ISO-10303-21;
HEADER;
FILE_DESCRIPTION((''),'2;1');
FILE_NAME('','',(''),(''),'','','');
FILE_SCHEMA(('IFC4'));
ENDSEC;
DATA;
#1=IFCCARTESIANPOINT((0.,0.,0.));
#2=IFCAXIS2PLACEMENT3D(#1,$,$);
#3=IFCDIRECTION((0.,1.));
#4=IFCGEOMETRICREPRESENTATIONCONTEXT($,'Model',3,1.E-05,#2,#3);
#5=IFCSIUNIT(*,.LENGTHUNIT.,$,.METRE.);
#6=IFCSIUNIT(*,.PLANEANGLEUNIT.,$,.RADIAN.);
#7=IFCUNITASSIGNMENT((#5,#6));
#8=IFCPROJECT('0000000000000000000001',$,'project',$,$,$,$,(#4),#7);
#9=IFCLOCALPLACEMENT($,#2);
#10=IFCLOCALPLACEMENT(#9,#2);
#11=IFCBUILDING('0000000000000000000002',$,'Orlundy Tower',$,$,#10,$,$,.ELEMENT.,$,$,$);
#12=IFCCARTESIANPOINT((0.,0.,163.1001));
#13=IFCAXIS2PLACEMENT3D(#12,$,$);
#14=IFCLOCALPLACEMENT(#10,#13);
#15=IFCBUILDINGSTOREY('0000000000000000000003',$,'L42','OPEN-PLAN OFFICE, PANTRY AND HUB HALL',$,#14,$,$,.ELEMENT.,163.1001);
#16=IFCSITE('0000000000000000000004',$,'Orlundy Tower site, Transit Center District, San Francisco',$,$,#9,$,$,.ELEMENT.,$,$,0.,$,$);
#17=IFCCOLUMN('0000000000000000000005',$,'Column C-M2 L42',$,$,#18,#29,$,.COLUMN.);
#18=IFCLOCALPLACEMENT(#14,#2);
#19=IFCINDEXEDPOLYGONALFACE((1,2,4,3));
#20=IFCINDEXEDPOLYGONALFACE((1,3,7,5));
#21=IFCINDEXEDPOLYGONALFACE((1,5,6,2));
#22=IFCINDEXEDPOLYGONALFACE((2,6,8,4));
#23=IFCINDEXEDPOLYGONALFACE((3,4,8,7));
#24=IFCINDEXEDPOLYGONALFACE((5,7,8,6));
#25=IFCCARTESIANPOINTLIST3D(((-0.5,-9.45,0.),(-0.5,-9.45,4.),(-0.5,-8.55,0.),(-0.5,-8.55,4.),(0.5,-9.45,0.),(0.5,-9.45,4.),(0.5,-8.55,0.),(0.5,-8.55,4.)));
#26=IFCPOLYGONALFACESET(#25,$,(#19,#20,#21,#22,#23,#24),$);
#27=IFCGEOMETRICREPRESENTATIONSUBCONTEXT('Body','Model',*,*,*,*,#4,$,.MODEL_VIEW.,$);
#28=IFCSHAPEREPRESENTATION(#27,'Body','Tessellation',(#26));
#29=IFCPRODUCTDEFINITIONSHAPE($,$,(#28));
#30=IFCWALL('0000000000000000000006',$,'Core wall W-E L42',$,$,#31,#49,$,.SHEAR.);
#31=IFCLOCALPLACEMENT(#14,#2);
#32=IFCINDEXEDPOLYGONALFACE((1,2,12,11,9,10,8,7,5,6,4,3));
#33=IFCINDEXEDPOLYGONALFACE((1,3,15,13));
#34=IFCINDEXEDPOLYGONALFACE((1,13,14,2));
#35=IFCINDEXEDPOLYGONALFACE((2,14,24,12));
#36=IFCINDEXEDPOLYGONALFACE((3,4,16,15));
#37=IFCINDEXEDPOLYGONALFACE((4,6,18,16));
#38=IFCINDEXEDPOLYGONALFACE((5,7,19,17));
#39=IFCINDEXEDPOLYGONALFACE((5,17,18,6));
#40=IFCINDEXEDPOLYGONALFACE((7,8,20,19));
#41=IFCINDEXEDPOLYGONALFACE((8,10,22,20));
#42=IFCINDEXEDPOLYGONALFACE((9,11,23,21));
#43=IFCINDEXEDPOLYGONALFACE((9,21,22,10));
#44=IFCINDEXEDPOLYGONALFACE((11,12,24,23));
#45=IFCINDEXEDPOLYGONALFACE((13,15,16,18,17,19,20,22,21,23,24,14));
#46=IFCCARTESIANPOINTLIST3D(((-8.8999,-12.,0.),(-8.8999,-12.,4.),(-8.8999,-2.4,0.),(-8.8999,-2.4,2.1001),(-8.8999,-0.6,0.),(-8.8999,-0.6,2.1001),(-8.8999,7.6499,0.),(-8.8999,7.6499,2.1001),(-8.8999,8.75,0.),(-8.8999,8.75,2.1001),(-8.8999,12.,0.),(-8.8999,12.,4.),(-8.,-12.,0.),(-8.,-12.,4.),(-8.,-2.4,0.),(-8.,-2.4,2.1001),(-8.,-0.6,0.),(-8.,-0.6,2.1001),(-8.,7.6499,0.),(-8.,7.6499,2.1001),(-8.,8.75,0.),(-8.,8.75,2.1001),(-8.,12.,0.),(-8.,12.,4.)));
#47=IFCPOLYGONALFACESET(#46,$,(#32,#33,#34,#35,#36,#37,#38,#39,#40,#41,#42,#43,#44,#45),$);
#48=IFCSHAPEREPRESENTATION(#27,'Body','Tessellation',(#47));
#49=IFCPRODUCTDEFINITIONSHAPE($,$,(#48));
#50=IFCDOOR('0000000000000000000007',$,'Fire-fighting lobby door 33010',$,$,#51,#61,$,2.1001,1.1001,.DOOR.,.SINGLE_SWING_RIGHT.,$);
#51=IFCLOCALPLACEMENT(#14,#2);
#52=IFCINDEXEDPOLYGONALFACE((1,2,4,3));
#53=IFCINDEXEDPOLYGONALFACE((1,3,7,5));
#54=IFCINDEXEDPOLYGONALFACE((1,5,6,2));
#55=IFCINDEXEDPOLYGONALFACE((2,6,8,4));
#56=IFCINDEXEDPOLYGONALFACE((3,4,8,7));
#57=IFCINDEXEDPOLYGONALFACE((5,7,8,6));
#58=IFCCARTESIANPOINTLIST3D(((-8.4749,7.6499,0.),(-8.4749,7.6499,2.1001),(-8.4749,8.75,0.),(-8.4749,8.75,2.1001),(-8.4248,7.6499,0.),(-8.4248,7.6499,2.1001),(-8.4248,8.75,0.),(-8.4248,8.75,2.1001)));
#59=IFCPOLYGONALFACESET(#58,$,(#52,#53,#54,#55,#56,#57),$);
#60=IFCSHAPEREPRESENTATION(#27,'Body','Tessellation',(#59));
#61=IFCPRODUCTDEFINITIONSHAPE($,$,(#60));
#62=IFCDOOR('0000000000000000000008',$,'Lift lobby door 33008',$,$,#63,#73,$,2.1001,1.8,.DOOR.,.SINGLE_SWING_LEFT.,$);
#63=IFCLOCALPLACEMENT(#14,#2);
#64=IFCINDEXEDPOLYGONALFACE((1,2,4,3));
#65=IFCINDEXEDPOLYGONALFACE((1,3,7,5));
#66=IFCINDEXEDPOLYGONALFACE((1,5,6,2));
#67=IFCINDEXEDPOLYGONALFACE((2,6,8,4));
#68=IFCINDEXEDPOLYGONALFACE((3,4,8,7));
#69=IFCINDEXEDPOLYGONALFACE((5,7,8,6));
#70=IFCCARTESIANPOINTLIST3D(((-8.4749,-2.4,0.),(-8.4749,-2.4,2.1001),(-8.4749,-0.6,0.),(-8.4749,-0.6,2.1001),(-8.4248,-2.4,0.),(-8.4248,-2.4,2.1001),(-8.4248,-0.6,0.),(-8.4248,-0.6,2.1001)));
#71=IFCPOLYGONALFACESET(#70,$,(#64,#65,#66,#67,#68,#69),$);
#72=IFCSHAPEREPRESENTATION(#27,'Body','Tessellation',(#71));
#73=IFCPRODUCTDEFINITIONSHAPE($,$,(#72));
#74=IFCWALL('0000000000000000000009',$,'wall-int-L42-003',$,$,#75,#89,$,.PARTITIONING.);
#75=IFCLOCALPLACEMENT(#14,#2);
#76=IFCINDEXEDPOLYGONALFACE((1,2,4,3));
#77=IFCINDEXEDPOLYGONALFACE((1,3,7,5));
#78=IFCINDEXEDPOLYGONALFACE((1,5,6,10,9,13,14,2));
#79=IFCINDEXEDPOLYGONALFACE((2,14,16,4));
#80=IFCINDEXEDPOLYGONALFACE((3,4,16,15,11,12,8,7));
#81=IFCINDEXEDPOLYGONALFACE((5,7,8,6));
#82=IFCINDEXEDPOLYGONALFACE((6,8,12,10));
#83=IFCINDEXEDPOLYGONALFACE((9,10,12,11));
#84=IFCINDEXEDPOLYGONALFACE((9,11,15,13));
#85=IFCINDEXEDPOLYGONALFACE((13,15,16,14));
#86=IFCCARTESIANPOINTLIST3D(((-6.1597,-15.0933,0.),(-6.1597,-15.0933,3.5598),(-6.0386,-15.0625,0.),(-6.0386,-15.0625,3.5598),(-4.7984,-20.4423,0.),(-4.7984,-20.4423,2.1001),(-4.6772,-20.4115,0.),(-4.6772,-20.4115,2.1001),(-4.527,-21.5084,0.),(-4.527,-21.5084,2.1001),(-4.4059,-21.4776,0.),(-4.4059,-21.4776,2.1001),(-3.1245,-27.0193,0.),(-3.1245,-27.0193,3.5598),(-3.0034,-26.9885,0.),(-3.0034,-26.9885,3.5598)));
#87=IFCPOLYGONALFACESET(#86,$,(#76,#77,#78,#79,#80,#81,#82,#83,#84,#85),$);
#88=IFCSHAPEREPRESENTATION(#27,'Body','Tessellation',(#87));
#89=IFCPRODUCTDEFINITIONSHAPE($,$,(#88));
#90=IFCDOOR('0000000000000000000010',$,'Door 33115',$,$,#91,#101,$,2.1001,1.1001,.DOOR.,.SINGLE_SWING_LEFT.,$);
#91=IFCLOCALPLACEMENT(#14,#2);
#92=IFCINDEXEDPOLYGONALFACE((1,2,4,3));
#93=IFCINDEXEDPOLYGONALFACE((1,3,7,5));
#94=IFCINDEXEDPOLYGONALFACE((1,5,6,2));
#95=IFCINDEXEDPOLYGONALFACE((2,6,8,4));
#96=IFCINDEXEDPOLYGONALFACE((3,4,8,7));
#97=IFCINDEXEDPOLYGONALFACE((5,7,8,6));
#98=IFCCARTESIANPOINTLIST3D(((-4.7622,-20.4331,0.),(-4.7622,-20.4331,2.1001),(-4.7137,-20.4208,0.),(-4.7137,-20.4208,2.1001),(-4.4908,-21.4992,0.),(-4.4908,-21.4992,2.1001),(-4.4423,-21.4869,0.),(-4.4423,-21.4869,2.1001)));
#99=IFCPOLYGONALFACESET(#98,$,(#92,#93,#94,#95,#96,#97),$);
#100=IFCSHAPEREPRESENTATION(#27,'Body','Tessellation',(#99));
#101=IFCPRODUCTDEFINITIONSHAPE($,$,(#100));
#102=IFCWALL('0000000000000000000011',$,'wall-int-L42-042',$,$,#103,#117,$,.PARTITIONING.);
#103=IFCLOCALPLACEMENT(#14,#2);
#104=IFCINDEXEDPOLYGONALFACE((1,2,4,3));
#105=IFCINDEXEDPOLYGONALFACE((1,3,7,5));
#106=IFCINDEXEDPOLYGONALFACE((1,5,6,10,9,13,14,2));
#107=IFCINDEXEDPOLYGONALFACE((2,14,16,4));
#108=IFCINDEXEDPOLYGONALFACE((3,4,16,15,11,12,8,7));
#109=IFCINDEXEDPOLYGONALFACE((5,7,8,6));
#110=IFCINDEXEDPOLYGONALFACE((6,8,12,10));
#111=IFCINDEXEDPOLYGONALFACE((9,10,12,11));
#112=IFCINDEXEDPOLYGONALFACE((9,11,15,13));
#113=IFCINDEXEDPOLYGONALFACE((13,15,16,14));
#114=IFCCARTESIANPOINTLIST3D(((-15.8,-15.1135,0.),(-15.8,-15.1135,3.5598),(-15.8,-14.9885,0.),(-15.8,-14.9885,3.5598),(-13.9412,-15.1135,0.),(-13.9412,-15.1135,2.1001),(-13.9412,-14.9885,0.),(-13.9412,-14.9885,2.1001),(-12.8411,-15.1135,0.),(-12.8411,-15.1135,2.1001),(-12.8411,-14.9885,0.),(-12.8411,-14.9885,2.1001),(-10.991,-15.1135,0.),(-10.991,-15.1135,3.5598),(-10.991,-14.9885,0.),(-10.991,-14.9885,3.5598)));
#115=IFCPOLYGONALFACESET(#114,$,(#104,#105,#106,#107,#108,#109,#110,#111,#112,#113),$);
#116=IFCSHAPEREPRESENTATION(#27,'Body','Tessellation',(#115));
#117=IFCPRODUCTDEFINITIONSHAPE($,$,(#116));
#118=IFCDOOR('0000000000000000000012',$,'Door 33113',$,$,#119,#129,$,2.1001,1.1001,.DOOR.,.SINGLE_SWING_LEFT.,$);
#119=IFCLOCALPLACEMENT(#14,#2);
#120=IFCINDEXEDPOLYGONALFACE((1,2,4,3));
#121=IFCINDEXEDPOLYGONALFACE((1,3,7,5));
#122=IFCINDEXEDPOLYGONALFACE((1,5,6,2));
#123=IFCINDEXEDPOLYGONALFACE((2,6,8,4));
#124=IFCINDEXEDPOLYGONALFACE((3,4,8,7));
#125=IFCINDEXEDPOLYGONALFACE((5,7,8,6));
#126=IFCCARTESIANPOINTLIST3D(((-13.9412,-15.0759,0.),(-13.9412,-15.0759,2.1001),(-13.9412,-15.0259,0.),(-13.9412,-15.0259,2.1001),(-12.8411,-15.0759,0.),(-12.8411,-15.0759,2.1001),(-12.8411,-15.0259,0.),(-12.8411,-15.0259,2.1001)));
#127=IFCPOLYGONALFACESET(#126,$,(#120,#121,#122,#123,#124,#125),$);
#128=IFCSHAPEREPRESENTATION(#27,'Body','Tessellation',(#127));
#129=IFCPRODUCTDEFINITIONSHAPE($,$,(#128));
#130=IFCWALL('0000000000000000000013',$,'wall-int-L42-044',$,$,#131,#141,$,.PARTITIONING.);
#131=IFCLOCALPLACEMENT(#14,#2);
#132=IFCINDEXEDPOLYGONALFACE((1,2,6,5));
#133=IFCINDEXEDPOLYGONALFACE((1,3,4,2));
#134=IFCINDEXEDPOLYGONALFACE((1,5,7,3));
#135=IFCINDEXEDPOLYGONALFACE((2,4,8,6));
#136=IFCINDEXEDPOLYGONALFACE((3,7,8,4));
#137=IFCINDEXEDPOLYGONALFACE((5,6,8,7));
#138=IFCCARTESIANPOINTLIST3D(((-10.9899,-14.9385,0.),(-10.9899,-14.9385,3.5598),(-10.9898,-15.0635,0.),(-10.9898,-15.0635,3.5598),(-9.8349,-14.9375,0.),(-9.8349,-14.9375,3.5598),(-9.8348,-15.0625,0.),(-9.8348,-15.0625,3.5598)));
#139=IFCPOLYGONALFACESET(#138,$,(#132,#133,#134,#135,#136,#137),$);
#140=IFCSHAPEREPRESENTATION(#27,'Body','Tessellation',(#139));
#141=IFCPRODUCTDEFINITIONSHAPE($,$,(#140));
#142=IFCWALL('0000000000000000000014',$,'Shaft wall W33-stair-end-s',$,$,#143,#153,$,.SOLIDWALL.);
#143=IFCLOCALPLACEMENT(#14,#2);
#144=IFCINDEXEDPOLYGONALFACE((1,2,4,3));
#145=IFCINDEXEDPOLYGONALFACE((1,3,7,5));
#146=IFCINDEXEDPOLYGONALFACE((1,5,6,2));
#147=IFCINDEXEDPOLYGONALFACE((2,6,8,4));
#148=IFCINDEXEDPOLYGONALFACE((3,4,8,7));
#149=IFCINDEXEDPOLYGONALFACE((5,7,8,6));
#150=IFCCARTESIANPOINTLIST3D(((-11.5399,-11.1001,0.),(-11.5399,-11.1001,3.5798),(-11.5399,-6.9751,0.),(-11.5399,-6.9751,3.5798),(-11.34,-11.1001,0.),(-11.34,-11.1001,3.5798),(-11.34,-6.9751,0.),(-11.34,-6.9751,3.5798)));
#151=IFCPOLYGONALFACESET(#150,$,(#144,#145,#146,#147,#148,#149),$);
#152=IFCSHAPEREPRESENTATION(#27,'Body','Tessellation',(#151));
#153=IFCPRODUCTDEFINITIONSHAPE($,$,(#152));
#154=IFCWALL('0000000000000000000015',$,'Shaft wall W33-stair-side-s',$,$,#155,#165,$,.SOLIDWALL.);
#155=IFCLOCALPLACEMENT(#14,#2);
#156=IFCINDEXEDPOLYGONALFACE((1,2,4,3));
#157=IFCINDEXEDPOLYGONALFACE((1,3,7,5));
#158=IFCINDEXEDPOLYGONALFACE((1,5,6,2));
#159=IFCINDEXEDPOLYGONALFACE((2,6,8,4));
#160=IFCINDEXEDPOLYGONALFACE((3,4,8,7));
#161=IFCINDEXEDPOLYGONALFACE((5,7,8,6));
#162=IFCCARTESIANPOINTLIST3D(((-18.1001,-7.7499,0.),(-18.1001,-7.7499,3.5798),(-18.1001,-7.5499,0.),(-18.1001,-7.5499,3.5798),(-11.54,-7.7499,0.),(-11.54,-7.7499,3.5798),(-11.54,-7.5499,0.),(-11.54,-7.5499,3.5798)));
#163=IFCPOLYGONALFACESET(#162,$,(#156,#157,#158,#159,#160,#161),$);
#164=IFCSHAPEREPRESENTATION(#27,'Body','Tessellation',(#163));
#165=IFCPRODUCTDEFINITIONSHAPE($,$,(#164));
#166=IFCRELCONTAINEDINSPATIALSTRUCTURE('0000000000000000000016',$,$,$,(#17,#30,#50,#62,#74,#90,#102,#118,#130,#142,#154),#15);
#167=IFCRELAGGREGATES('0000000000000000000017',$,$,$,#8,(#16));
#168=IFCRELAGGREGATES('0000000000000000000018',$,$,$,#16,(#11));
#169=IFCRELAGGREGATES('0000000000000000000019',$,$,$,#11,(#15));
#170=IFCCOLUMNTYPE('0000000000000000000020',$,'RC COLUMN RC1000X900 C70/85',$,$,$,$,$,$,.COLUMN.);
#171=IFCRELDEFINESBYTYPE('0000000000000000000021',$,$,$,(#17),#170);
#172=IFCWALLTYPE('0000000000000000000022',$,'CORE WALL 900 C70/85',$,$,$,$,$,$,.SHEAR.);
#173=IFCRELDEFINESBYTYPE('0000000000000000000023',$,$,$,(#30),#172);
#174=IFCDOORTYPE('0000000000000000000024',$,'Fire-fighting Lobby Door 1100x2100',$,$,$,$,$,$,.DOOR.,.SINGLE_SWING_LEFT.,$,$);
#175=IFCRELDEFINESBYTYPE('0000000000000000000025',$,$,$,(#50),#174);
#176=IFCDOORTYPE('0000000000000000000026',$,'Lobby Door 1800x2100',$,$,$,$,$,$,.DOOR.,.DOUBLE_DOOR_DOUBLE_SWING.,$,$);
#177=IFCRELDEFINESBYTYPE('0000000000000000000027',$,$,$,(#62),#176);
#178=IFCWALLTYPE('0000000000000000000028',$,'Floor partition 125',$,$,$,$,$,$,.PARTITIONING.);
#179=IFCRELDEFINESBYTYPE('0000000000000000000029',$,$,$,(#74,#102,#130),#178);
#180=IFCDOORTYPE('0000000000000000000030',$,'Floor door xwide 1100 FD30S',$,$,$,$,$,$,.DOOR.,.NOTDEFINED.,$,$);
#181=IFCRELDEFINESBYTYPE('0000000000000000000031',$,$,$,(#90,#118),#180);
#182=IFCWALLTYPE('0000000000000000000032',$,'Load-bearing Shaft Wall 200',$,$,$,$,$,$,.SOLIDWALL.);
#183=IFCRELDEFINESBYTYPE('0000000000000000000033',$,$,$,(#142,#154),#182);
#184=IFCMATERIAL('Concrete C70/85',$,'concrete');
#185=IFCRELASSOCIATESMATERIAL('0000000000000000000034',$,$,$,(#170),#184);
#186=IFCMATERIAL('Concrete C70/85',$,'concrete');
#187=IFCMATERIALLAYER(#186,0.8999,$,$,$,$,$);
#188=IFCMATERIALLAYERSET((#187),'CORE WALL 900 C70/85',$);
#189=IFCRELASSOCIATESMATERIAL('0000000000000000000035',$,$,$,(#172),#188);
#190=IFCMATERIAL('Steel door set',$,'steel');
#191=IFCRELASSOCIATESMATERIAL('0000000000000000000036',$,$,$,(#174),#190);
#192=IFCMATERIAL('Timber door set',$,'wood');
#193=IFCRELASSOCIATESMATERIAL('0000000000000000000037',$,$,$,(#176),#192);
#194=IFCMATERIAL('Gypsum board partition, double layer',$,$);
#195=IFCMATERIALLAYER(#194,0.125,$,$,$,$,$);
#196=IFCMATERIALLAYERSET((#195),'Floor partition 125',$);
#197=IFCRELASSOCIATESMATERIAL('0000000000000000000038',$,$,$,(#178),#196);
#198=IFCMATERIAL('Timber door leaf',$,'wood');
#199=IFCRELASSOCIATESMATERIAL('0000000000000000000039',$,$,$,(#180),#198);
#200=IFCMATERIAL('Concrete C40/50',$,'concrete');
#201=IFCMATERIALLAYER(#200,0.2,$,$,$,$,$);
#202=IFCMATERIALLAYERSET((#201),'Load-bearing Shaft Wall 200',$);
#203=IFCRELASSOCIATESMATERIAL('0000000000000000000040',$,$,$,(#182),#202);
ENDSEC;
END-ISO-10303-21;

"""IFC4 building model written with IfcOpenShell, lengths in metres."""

from ifc_helpers import new_model, si_unit, direction, frame, frame_2d, origin, origin_2d, place, context, subcontext, project, spatial, rectangle, extrude, material, layer, layer_set, material_profile, profile_set, type_object, element, fill, save


model = new_model("IFC4")

# Units and contexts
model_context = context("Model", 3, precision=1e-05, world=origin(), true_north=direction((0.0, 1.0)))
body_context = subcontext(model_context, "Body", "Model", "MODEL_VIEW")
ifc_project = project(units=[si_unit("LENGTHUNIT", "METRE"), si_unit("PLANEANGLEUNIT", "RADIAN")], contexts=[model_context])

# Site, building, storey
site_placement = place(None, origin())
site = spatial("IfcSite", under=ifc_project, at=site_placement, Name="Orlundy Tower site, Transit Center District, San Francisco", CompositionType="ELEMENT", RefElevation=0.0)
building_placement = place(site_placement, origin())
building = spatial("IfcBuilding", under=site, at=building_placement, Name="Orlundy Tower", CompositionType="ELEMENT")
storey_placement = place(building_placement, frame((0.0, 0.0, 163.1001)))
storey = spatial("IfcBuildingStorey", under=building, at=storey_placement, Name="L42", Description="OPEN-PLAN OFFICE, PANTRY AND HUB HALL", CompositionType="ELEMENT", Elevation=163.1001)

# Column
ifc_material_1 = material(Name="Concrete C70/85", Category="concrete")
ifc_material_profile = material_profile(ifc_material_1, rectangle(XDim=1.0, YDim=0.8999, at=origin_2d()), Name="RC1000X900")
ifc_profile_set = profile_set([ifc_material_profile], Name="Concrete C70/85")
column_type = type_object("IfcColumnType", Name="RC COLUMN RC1000X900 C70/85", PredefinedType="COLUMN", material=ifc_profile_set)
column_placement = place(storey_placement, frame((0.0, -9.0, 0.0), z_axis=(0.0, 0.0, 1.0), x_axis=(1.0, 0.0, 0.0)))
element("IfcColumn", 1, at=column_placement, inside=storey, type_object=column_type, Name="Column C-M2 L42", PredefinedType="COLUMN", context=body_context, shape_type="SweptSolid", body=[
    extrude(rectangle(XDim=1.0, YDim=0.8999, at=origin_2d()), origin(), (0.0, 0.0, 1.0), 4.0),
])

# Wall, openings, doors
ifc_material_2 = material(Name="Concrete C70/85", Category="concrete")
ifc_layer_1 = layer(ifc_material_2, 0.8999)
ifc_layer_set_1 = layer_set([ifc_layer_1], Name="CORE WALL 900 C70/85")
wall_type_1 = type_object("IfcWallType", Name="CORE WALL 900 C70/85", PredefinedType="SHEAR", material=ifc_layer_set_1)
wall_1_placement = place(storey_placement, frame((-8.45, -12.0, 0.0), z_axis=(0.0, 0.0, 1.0), x_axis=(0.0, 1.0, 0.0)))
wall_1 = element("IfcWall", 2, at=wall_1_placement, inside=storey, type_object=wall_type_1, Name="Core wall W-E L42", PredefinedType="SHEAR", context=body_context, shape_type="SweptSolid", body=[
    extrude(rectangle(XDim=24.0, YDim=0.8999, at=frame_2d((12.0, 0.0))), origin(), (0.0, 0.0, 1.0), 4.0),
])
opening_1_placement = place(wall_1_placement, frame((9.6001, 0.0, 0.0)))
opening_1 = element("IfcOpeningElement", 3, at=opening_1_placement, cuts=wall_1, PredefinedType="OPENING", context=body_context, shape_type="SweptSolid", body=[
    extrude(rectangle(XDim=1.8, YDim=2.1001, at=frame_2d((0.8999, 1.05))), frame((0.0, 0.46, 0.0), z_axis=(0.0, -1.0, 0.0), x_axis=(1.0, 0.0, 0.0)), (0.0, 0.0, 1.0), 0.9199),
])
opening_2_placement = place(wall_1_placement, frame((19.6499, 0.0, 0.0)))
opening_2 = element("IfcOpeningElement", 4, at=opening_2_placement, cuts=wall_1, PredefinedType="OPENING", context=body_context, shape_type="SweptSolid", body=[
    extrude(rectangle(XDim=1.1001, YDim=2.1001, at=frame_2d((0.55, 1.05))), frame((0.0, 0.46, 0.0), z_axis=(0.0, -1.0, 0.0), x_axis=(1.0, 0.0, 0.0)), (0.0, 0.0, 1.0), 0.9199),
])
ifc_material_3 = material(Name="Steel door set", Category="steel")
door_type_1 = type_object("IfcDoorType", Name="Fire-fighting Lobby Door 1100x2100", OperationType="SINGLE_SWING_LEFT", PredefinedType="DOOR", material=ifc_material_3)
door_1_placement = place(opening_2_placement, origin())
door_1 = element("IfcDoor", 5, at=door_1_placement, inside=storey, type_object=door_type_1, Name="Fire-fighting lobby door 33010", OperationType="SINGLE_SWING_RIGHT", OverallHeight=2.1001, OverallWidth=1.1001, PredefinedType="DOOR", context=body_context, shape_type="SweptSolid", body=[
    extrude(rectangle(XDim=1.1001, YDim=2.1001, at=frame_2d((0.55, 1.05))), frame((0.0, 0.0249, 0.0), z_axis=(0.0, -1.0, 0.0), x_axis=(1.0, 0.0, 0.0)), (0.0, 0.0, 1.0), 0.05),
])
fill(opening_2, door_1)
ifc_material_4 = material(Name="Timber door set", Category="wood")
door_type_2 = type_object("IfcDoorType", Name="Lobby Door 1800x2100", OperationType="DOUBLE_DOOR_DOUBLE_SWING", PredefinedType="DOOR", material=ifc_material_4)
door_2_placement = place(opening_1_placement, origin())
door_2 = element("IfcDoor", 6, at=door_2_placement, inside=storey, type_object=door_type_2, Name="Lift lobby door 33008", OperationType="SINGLE_SWING_LEFT", OverallHeight=2.1001, OverallWidth=1.8, PredefinedType="DOOR", context=body_context, shape_type="SweptSolid", body=[
    extrude(rectangle(XDim=1.8, YDim=2.1001, at=frame_2d((0.8999, 1.05))), frame((0.0, 0.0249, 0.0), z_axis=(0.0, -1.0, 0.0), x_axis=(1.0, 0.0, 0.0)), (0.0, 0.0, 1.0), 0.05),
])
fill(opening_1, door_2)

# Walls, openings, doors
ifc_material_5 = material(Name="Gypsum board partition, double layer")
ifc_layer_2 = layer(ifc_material_5, 0.125)
ifc_layer_set_2 = layer_set([ifc_layer_2], Name="Floor partition 125")
wall_type_2 = type_object("IfcWallType", Name="Floor partition 125", PredefinedType="PARTITIONING", material=ifc_layer_set_2)
wall_2_placement = place(storey_placement, frame((-6.0991, -15.0779, 0.0), z_axis=(0.0, 0.0, 1.0), x_axis=(0.246637, -0.969108, 0.0)))
wall_2 = element("IfcWall", 7, at=wall_2_placement, inside=storey, type_object=wall_type_2, Name="wall-int-L42-003", PredefinedType="PARTITIONING", context=body_context, shape_type="SweptSolid", body=[
    extrude(rectangle(XDim=12.3062, YDim=0.125, at=frame_2d((6.1531, 0.0))), origin(), (0.0, 0.0, 1.0), 3.5598),
])
opening_3_placement = place(wall_2_placement, frame((5.5195, 0.0, 0.0)))
opening_3 = element("IfcOpeningElement", 8, at=opening_3_placement, cuts=wall_2, PredefinedType="OPENING", context=body_context, shape_type="SweptSolid", body=[
    extrude(rectangle(XDim=1.1001, YDim=2.1001, at=frame_2d((0.55, 1.05))), frame((0.0, 0.0725, 0.0), z_axis=(0.0, -1.0, 0.0), x_axis=(1.0, 0.0, 0.0)), (0.0, 0.0, 1.0), 0.145),
])
ifc_material_6 = material(Name="Timber door leaf", Category="wood")
door_type_3 = type_object("IfcDoorType", Name="Floor door xwide 1100 FD30S", OperationType="NOTDEFINED", PredefinedType="DOOR", material=ifc_material_6)
door_3_placement = place(opening_3_placement, origin())
door_3 = element("IfcDoor", 9, at=door_3_placement, inside=storey, type_object=door_type_3, Name="Door 33115", OperationType="SINGLE_SWING_LEFT", OverallHeight=2.1001, OverallWidth=1.1001, PredefinedType="DOOR", context=body_context, shape_type="SweptSolid", body=[
    extrude(rectangle(XDim=1.1001, YDim=2.1001, at=frame_2d((0.55, 1.05))), frame((0.0, 0.0249, 0.0), z_axis=(0.0, -1.0, 0.0), x_axis=(1.0, 0.0, 0.0)), (0.0, 0.0, 1.0), 0.05),
])
fill(opening_3, door_3)
wall_3_placement = place(storey_placement, frame((-10.991, -15.051, 0.0), z_axis=(0.0, 0.0, 1.0), x_axis=(-1.0, 0.0, 0.0)))
wall_3 = element("IfcWall", 10, at=wall_3_placement, inside=storey, type_object=wall_type_2, Name="wall-int-L42-042", PredefinedType="PARTITIONING", context=body_context, shape_type="SweptSolid", body=[
    extrude(rectangle(XDim=4.8091, YDim=0.125, at=frame_2d((2.4045, 0.0))), origin(), (0.0, 0.0, 1.0), 3.5598),
])
opening_4_placement = place(wall_3_placement, frame((1.8501, 0.0, 0.0)))
opening_4 = element("IfcOpeningElement", 11, at=opening_4_placement, cuts=wall_3, PredefinedType="OPENING", context=body_context, shape_type="SweptSolid", body=[
    extrude(rectangle(XDim=1.1001, YDim=2.1001, at=frame_2d((0.55, 1.05))), frame((0.0, 0.0725, 0.0), z_axis=(0.0, -1.0, 0.0), x_axis=(1.0, 0.0, 0.0)), (0.0, 0.0, 1.0), 0.145),
])
door_4_placement = place(opening_4_placement, origin())
door_4 = element("IfcDoor", 12, at=door_4_placement, inside=storey, type_object=door_type_3, Name="Door 33113", OperationType="SINGLE_SWING_LEFT", OverallHeight=2.1001, OverallWidth=1.1001, PredefinedType="DOOR", context=body_context, shape_type="SweptSolid", body=[
    extrude(rectangle(XDim=1.1001, YDim=2.1001, at=frame_2d((0.55, 1.05))), frame((0.0, 0.0249, 0.0), z_axis=(0.0, -1.0, 0.0), x_axis=(1.0, 0.0, 0.0)), (0.0, 0.0, 1.0), 0.05),
])
fill(opening_4, door_4)

# Walls
wall_4_placement = place(storey_placement, frame((-10.99, -15.001, 0.0), z_axis=(0.0, 0.0, 1.0), x_axis=(1.0, 0.000845, 0.0)))
element("IfcWall", 13, at=wall_4_placement, inside=storey, type_object=wall_type_2, Name="wall-int-L42-044", PredefinedType="PARTITIONING", context=body_context, shape_type="SweptSolid", body=[
    extrude(rectangle(XDim=1.155, YDim=0.125, at=frame_2d((0.5776, 0.0))), origin(), (0.0, 0.0, 1.0), 3.5598),
])
ifc_material_7 = material(Name="Concrete C40/50", Category="concrete")
ifc_layer_3 = layer(ifc_material_7, 0.2)
ifc_layer_set_3 = layer_set([ifc_layer_3], Name="Load-bearing Shaft Wall 200")
wall_type_3 = type_object("IfcWallType", Name="Load-bearing Shaft Wall 200", PredefinedType="SOLIDWALL", material=ifc_layer_set_3)
wall_5_placement = place(storey_placement, frame((-11.4399, -11.1001, 0.0), z_axis=(0.0, 0.0, 1.0), x_axis=(0.0, 1.0, 0.0)))
element("IfcWall", 14, at=wall_5_placement, inside=storey, type_object=wall_type_3, Name="Shaft wall W33-stair-end-s", PredefinedType="SOLIDWALL", context=body_context, shape_type="SweptSolid", body=[
    extrude(rectangle(XDim=4.125, YDim=0.2, at=frame_2d((2.0625, 0.0))), origin(), (0.0, 0.0, 1.0), 3.5798),
])
wall_6_placement = place(storey_placement, frame((-11.54, -7.6499, 0.0), z_axis=(0.0, 0.0, 1.0), x_axis=(-1.0, 0.0, 0.0)))
element("IfcWall", 15, at=wall_6_placement, inside=storey, type_object=wall_type_3, Name="Shaft wall W33-stair-side-s", PredefinedType="SOLIDWALL", context=body_context, shape_type="SweptSolid", body=[
    extrude(rectangle(XDim=6.5601, YDim=0.2, at=frame_2d((3.28, 0.0))), origin(), (0.0, 0.0, 1.0), 3.5798),
])

save(model, "model.ifc")
